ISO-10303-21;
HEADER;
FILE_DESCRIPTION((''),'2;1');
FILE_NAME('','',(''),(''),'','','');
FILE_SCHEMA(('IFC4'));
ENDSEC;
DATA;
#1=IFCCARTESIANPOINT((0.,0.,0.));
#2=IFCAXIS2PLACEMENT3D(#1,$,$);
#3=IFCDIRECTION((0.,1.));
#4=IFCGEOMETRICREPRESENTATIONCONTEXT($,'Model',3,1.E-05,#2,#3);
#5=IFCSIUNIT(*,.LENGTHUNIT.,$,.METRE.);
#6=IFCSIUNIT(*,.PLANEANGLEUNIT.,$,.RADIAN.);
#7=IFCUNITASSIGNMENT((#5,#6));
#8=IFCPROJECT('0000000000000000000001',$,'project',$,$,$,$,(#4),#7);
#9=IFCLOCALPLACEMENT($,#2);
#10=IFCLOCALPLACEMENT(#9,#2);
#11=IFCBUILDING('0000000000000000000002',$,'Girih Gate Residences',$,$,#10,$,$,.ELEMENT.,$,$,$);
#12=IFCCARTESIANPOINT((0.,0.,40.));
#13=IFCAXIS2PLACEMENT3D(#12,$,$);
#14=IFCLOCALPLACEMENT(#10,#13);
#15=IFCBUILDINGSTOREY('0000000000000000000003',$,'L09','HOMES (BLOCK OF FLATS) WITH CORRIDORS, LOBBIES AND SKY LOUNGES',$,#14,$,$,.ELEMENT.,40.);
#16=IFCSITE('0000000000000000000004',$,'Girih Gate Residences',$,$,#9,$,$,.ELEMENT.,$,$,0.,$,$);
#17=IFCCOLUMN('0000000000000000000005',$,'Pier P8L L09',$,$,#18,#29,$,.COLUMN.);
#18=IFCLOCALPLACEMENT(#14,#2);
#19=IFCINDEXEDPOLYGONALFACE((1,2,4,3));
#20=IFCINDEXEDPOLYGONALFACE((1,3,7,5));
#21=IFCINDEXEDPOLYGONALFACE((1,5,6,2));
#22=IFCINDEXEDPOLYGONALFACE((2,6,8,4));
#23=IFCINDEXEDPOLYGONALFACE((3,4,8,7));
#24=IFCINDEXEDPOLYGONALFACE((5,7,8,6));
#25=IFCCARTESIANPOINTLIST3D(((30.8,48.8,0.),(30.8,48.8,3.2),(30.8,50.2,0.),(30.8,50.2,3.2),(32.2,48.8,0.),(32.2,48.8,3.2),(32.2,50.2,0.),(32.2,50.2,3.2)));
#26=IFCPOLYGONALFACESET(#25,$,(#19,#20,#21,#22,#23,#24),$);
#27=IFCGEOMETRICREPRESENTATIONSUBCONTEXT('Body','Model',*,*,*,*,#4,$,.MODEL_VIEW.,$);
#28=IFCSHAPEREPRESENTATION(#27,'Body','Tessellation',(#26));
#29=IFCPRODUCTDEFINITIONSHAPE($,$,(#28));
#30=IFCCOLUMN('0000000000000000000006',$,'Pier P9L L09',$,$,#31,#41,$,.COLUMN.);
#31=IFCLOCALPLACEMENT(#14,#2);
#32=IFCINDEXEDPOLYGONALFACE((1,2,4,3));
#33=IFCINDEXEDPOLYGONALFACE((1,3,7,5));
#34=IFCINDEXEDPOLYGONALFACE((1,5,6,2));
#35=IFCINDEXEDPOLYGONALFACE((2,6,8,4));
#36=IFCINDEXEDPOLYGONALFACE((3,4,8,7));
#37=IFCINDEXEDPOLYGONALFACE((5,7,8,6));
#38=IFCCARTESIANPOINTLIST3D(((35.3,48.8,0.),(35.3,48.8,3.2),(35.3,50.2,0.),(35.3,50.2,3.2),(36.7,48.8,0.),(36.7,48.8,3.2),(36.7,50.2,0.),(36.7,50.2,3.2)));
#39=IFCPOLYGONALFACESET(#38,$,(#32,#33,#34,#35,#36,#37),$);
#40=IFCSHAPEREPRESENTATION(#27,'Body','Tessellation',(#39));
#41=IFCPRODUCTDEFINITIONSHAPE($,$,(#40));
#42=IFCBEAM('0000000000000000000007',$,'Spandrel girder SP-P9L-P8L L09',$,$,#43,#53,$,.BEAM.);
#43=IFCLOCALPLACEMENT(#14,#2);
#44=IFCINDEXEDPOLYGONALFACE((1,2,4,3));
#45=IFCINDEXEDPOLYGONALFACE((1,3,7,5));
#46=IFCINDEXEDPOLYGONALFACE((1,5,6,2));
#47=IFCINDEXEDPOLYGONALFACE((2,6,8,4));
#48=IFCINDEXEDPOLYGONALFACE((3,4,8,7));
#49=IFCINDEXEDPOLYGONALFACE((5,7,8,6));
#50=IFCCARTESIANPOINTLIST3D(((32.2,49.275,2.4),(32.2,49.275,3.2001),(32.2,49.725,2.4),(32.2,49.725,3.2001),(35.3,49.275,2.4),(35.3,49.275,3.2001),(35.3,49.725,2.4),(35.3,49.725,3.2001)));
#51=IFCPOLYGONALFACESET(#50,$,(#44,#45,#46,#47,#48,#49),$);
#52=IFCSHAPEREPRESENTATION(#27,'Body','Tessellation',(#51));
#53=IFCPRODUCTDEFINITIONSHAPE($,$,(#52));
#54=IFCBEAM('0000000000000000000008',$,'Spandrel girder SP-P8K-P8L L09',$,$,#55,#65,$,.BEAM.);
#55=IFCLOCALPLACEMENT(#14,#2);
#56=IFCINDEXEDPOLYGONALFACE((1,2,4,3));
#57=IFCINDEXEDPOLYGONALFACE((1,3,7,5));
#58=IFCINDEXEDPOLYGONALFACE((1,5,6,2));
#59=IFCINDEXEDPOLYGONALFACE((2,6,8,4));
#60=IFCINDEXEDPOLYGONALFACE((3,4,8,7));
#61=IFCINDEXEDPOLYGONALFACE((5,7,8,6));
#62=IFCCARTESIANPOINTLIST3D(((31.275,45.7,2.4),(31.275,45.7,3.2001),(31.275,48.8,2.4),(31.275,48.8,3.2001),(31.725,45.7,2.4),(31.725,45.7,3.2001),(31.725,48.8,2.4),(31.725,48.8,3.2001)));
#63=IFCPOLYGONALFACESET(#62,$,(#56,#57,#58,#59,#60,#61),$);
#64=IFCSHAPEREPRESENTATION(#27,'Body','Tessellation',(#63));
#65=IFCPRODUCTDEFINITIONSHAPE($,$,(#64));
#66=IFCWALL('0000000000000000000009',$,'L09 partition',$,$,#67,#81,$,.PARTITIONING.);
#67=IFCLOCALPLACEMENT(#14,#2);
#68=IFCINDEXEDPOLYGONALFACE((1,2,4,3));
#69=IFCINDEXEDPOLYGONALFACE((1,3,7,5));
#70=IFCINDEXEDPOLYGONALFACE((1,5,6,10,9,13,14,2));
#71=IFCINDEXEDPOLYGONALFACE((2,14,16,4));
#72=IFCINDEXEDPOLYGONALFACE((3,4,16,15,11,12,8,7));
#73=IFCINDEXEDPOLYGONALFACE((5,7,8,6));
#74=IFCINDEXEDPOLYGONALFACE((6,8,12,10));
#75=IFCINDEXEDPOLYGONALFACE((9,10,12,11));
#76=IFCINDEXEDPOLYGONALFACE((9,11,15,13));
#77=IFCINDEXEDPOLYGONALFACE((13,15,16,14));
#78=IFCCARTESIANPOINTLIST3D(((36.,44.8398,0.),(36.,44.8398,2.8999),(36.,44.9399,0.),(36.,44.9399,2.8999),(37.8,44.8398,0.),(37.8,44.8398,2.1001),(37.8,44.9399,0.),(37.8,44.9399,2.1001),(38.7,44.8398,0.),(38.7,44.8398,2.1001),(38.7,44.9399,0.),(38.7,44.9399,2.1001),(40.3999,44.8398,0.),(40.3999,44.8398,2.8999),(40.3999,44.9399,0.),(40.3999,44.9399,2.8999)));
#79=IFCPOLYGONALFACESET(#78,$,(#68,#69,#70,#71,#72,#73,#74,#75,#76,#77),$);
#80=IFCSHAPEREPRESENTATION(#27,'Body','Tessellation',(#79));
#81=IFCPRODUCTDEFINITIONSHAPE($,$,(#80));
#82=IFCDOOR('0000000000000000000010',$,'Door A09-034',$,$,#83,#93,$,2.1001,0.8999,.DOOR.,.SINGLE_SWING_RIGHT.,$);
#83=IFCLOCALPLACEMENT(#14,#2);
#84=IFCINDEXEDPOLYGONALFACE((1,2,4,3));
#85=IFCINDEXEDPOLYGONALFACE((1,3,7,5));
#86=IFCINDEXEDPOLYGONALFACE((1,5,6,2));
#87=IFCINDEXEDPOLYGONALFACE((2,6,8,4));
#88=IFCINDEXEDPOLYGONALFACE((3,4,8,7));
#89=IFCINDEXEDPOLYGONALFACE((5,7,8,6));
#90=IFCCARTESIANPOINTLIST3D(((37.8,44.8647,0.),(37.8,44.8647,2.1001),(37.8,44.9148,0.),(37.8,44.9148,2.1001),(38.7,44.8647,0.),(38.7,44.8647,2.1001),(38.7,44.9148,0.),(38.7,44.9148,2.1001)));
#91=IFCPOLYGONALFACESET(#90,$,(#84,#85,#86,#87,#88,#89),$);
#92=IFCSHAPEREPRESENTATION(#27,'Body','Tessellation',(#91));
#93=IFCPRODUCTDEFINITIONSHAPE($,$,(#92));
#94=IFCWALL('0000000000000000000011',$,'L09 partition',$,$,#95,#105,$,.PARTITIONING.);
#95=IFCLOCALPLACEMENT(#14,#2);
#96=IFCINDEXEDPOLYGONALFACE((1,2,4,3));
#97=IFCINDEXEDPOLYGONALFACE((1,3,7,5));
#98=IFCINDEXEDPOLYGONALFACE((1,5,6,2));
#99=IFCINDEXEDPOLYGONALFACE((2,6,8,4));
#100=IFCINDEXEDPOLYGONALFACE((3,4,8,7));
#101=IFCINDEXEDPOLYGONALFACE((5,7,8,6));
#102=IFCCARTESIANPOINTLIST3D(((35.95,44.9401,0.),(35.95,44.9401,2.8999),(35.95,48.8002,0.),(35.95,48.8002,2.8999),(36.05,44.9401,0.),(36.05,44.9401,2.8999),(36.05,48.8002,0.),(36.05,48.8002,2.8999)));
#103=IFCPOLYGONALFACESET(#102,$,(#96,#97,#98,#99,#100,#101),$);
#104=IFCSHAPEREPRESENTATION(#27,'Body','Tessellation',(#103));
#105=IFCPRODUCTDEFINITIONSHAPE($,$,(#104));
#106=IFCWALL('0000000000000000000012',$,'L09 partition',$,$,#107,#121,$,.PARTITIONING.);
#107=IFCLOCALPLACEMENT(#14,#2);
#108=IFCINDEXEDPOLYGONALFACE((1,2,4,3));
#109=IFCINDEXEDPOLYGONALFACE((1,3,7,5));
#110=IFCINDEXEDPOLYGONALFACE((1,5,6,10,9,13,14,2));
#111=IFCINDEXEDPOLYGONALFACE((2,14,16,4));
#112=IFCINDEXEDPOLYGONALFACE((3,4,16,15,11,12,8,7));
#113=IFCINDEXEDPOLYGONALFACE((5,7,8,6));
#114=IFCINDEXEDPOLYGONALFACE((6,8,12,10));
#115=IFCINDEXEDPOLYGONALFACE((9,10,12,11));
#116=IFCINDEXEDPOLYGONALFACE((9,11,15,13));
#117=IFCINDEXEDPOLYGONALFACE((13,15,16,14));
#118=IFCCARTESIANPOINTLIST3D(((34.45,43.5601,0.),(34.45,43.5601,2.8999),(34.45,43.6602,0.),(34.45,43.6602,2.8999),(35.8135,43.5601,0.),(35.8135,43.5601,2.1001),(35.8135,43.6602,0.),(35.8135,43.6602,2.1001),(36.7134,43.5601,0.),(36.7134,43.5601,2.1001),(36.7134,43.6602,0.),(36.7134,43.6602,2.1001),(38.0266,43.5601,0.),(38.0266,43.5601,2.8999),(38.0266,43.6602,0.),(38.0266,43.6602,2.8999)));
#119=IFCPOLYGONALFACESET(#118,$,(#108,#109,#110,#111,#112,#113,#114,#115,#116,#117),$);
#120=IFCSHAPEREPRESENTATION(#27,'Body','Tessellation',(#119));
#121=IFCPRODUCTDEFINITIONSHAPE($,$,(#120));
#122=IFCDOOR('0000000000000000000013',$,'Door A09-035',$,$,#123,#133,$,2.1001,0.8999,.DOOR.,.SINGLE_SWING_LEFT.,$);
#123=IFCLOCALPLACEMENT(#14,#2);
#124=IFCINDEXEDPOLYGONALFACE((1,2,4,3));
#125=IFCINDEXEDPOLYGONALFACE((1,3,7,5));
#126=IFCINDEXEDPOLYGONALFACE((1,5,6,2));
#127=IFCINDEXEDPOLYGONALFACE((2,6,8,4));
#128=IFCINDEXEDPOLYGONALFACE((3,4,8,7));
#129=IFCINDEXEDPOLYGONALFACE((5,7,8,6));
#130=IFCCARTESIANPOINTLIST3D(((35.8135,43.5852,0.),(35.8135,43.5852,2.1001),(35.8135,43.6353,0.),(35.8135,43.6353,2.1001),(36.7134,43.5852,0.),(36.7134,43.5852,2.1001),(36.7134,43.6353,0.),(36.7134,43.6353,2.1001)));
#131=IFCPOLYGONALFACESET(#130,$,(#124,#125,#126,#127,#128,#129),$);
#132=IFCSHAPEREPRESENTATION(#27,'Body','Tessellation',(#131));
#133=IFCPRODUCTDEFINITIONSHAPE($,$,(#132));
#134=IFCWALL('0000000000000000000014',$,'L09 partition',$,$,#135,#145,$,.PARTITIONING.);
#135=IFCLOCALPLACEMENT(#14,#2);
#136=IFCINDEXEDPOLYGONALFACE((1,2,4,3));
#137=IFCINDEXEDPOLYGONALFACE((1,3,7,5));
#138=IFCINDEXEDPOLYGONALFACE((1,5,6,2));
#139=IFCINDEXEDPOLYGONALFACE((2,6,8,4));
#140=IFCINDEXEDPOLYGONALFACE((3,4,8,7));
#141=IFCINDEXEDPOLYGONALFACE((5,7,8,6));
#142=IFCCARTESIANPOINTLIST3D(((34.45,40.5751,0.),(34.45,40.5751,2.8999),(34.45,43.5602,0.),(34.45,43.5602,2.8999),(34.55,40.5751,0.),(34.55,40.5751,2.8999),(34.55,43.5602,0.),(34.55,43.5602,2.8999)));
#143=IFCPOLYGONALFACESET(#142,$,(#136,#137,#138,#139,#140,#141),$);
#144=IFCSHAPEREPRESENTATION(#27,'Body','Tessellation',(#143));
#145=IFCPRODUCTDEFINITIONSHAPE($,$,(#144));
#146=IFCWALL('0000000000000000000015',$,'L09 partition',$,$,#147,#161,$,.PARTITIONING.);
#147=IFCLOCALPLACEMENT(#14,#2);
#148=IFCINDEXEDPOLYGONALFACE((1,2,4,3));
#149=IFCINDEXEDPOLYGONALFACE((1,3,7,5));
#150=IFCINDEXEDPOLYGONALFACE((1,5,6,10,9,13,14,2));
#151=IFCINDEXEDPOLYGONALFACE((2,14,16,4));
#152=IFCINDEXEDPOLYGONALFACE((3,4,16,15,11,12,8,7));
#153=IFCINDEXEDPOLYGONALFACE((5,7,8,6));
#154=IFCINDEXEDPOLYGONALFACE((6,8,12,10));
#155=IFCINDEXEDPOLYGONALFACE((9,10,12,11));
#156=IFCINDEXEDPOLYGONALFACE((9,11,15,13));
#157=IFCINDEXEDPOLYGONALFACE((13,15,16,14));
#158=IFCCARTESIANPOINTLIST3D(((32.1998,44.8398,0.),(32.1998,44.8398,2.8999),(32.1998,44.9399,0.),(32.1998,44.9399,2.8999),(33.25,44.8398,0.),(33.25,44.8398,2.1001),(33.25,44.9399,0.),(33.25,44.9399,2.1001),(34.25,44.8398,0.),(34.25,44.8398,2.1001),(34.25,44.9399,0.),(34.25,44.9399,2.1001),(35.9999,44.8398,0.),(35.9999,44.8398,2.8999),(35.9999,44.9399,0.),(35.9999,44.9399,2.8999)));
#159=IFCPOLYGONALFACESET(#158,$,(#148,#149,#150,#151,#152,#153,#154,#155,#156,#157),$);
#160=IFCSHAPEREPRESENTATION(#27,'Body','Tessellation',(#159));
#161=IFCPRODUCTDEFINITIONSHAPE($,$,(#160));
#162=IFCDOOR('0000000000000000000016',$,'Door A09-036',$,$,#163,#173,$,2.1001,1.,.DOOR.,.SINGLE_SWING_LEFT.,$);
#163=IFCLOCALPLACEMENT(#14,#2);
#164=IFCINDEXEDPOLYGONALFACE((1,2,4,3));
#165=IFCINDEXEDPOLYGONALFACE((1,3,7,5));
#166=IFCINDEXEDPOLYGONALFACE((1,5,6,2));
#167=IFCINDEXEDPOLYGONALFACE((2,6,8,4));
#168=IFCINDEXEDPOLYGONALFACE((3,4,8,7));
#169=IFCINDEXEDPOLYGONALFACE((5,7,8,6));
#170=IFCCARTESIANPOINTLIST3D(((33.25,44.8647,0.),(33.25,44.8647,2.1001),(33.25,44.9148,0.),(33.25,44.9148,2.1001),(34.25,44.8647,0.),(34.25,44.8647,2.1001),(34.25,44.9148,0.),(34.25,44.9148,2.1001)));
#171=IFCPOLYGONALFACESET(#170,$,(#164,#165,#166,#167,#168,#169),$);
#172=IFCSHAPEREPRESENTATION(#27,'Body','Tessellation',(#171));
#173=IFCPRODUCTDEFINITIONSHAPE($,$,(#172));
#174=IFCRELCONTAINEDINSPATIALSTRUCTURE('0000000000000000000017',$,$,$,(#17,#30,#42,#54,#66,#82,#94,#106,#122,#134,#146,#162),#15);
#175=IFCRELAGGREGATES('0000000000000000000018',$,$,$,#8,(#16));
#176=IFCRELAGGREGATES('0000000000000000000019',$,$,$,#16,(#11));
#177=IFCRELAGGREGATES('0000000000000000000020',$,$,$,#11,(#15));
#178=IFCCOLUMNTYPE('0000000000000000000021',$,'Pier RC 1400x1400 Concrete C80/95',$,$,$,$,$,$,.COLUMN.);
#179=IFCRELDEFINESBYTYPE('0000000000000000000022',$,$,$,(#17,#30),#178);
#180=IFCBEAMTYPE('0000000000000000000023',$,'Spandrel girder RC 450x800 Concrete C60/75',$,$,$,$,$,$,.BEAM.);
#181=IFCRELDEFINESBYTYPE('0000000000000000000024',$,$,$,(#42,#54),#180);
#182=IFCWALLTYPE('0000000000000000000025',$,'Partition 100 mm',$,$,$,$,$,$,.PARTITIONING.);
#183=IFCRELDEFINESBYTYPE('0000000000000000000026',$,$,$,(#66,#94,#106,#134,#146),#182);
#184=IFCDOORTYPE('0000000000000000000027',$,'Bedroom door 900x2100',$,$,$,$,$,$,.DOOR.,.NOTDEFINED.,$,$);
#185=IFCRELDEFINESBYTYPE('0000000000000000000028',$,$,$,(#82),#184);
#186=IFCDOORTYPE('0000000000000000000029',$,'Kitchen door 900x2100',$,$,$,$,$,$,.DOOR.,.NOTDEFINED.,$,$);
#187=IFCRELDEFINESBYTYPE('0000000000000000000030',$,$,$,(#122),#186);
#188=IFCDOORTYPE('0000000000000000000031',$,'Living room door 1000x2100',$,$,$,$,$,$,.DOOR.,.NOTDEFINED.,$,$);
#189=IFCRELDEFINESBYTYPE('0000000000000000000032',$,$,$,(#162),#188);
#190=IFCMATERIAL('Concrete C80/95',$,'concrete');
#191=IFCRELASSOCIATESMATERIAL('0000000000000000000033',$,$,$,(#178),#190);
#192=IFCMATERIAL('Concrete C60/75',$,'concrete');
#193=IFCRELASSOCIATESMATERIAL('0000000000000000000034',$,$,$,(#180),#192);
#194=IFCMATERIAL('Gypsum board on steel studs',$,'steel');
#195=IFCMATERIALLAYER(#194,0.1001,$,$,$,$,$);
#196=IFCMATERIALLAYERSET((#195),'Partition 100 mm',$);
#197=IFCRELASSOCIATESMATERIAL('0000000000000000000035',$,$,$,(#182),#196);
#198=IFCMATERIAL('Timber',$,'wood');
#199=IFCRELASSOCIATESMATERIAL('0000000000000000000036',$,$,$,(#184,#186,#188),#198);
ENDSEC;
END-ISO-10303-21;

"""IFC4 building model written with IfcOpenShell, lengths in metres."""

from ifc_helpers import new_model, si_unit, direction, frame, frame_2d, origin, origin_2d, place, context, subcontext, project, spatial, rectangle, extrude, material, layer, layer_set, material_profile, profile_set, type_object, element, fill, save


model = new_model("IFC4")

# Units and contexts
model_context = context("Model", 3, precision=1e-05, world=origin(), true_north=direction((0.0, 1.0)))
body_context = subcontext(model_context, "Body", "Model", "MODEL_VIEW")
ifc_project = project(units=[si_unit("LENGTHUNIT", "METRE"), si_unit("PLANEANGLEUNIT", "RADIAN")], contexts=[model_context])

# Site, building, storey
site_placement = place(None, origin())
site = spatial("IfcSite", under=ifc_project, at=site_placement, Name="Girih Gate Residences", CompositionType="ELEMENT", RefElevation=0.0)
building_placement = place(site_placement, origin())
building = spatial("IfcBuilding", under=site, at=building_placement, Name="Girih Gate Residences", CompositionType="ELEMENT")
storey_placement = place(building_placement, frame((0.0, 0.0, 40.0)))
storey = spatial("IfcBuildingStorey", under=building, at=storey_placement, Name="L09", Description="HOMES (BLOCK OF FLATS) WITH CORRIDORS, LOBBIES AND SKY LOUNGES", CompositionType="ELEMENT", Elevation=40.0)

# Columns
ifc_material_1 = material(Name="Concrete C80/95", Category="concrete")
ifc_material_profile_1 = material_profile(ifc_material_1, rectangle(XDim=1.3999, YDim=1.3999, at=origin_2d()))
ifc_profile_set_1 = profile_set([ifc_material_profile_1], Name="Concrete C80/95")
column_type = type_object("IfcColumnType", Name="Pier RC 1400x1400 Concrete C80/95", PredefinedType="COLUMN", material=ifc_profile_set_1)
for number, where, z_axis, x_axis, name in (
    (1, (31.5, 49.5, 0.0), (0.0, 0.0, 1.0), (1.0, 0.0, 0.0), "Pier P8L L09"),
    (2, (36.0, 49.5, 0.0), (0.0, 0.0, 1.0), (1.0, 0.0, 0.0), "Pier P9L L09"),
):
    element("IfcColumn", number, at=place(storey_placement, frame(where, z_axis=z_axis, x_axis=x_axis)), inside=storey, type_object=column_type, Name=name, PredefinedType="COLUMN", context=body_context, shape_type="SweptSolid", body=[
        extrude(rectangle(XDim=1.3999, YDim=1.3999, at=origin_2d()), origin(), (0.0, 0.0, 1.0), 3.2),
    ])

# Beams
ifc_material_2 = material(Name="Concrete C60/75", Category="concrete")
ifc_material_profile_2 = material_profile(ifc_material_2, rectangle(XDim=0.45, YDim=0.8, at=origin_2d()))
ifc_profile_set_2 = profile_set([ifc_material_profile_2], Name="Concrete C60/75")
beam_type = type_object("IfcBeamType", Name="Spandrel girder RC 450x800 Concrete C60/75", PredefinedType="BEAM", material=ifc_profile_set_2)
for number, where, z_axis, x_axis, name in (
    (3, (35.3, 49.5, 2.8), (-1.0, 0.0, 0.0), (0.0, -1.0, 0.0), "Spandrel girder SP-P9L-P8L L09"),
    (4, (31.5, 45.7, 2.8), (0.0, 1.0, 0.0), (-1.0, 0.0, 0.0), "Spandrel girder SP-P8K-P8L L09"),
):
    element("IfcBeam", number, at=place(storey_placement, frame(where, z_axis=z_axis, x_axis=x_axis)), inside=storey, type_object=beam_type, Name=name, PredefinedType="BEAM", context=body_context, shape_type="SweptSolid", body=[
        extrude(rectangle(XDim=0.45, YDim=0.8, at=origin_2d()), origin(), (0.0, 0.0, 1.0), 3.1001),
    ])

# Wall, opening, door
ifc_material_3 = material(Name="Gypsum board on steel studs", Category="steel")
ifc_layer_1 = layer(ifc_material_3, 0.1001)
ifc_layer_set_1 = layer_set([ifc_layer_1], Name="Partition 100 mm")
wall_type_1 = type_object("IfcWallType", Name="Partition 100 mm", PredefinedType="PARTITIONING", material=ifc_layer_set_1)
wall_1_placement = place(storey_placement, frame((36.0, 44.8899, 0.0), z_axis=(0.0, 0.0, 1.0), x_axis=(1.0, 0.0, 0.0)))
wall_1 = element("IfcWall", 5, at=wall_1_placement, inside=storey, type_object=wall_type_1, Name="L09 partition", PredefinedType="PARTITIONING", context=body_context, shape_type="SweptSolid", body=[
    extrude(rectangle(XDim=4.3999, YDim=0.1001, at=frame_2d((2.2, 0.0))), origin(), (0.0, 0.0, 1.0), 2.8999),
])
opening_1_placement = place(wall_1_placement, frame((1.8, 0.0, 0.0)))
opening_1 = element("IfcOpeningElement", 6, at=opening_1_placement, cuts=wall_1, PredefinedType="OPENING", context=body_context, shape_type="SweptSolid", body=[
    extrude(rectangle(XDim=0.8999, YDim=2.1001, at=frame_2d((0.45, 1.05))), frame((0.0, 0.0601, 0.0), z_axis=(0.0, -1.0, 0.0), x_axis=(1.0, 0.0, 0.0)), (0.0, 0.0, 1.0), 0.1201),
])
ifc_material_4 = material(Name="Timber", Category="wood")
door_type_1 = type_object("IfcDoorType", Name="Bedroom door 900x2100", OperationType="NOTDEFINED", PredefinedType="DOOR", material=ifc_material_4)
door_1_placement = place(opening_1_placement, origin())
door_1 = element("IfcDoor", 7, at=door_1_placement, inside=storey, type_object=door_type_1, Name="Door A09-034", OperationType="SINGLE_SWING_RIGHT", OverallHeight=2.1001, OverallWidth=0.8999, PredefinedType="DOOR", context=body_context, shape_type="SweptSolid", body=[
    extrude(rectangle(XDim=0.8999, YDim=2.1001, at=frame_2d((0.45, 1.05))), frame((0.0, 0.0249, 0.0), z_axis=(0.0, -1.0, 0.0), x_axis=(1.0, 0.0, 0.0)), (0.0, 0.0, 1.0), 0.05),
])
fill(opening_1, door_1)

# Wall
wall_2_placement = place(storey_placement, frame((36.0, 44.9399, 0.0), z_axis=(0.0, 0.0, 1.0), x_axis=(0.0, 1.0, 0.0)))
element("IfcWall", 8, at=wall_2_placement, inside=storey, type_object=wall_type_1, Name="L09 partition", PredefinedType="PARTITIONING", context=body_context, shape_type="SweptSolid", body=[
    extrude(rectangle(XDim=3.8601, YDim=0.1001, at=frame_2d((1.9302, 0.0))), origin(), (0.0, 0.0, 1.0), 2.8999),
])

# Wall, opening, door
wall_3_placement = place(storey_placement, frame((38.0266, 43.6101, 0.0), z_axis=(0.0, 0.0, 1.0), x_axis=(-1.0, 0.0, 0.0)))
wall_3 = element("IfcWall", 9, at=wall_3_placement, inside=storey, type_object=wall_type_1, Name="L09 partition", PredefinedType="PARTITIONING", context=body_context, shape_type="SweptSolid", body=[
    extrude(rectangle(XDim=3.5767, YDim=0.1001, at=frame_2d((1.7883, 0.0))), origin(), (0.0, 0.0, 1.0), 2.8999),
])
opening_2_placement = place(wall_3_placement, frame((1.3132, 0.0, 0.0)))
opening_2 = element("IfcOpeningElement", 10, at=opening_2_placement, cuts=wall_3, PredefinedType="OPENING", context=body_context, shape_type="SweptSolid", body=[
    extrude(rectangle(XDim=0.8999, YDim=2.1001, at=frame_2d((0.45, 1.05))), frame((0.0, 0.0601, 0.0), z_axis=(0.0, -1.0, 0.0), x_axis=(1.0, 0.0, 0.0)), (0.0, 0.0, 1.0), 0.1201),
])
door_type_2 = type_object("IfcDoorType", Name="Kitchen door 900x2100", OperationType="NOTDEFINED", PredefinedType="DOOR", material=ifc_material_4)
door_2_placement = place(opening_2_placement, origin())
door_2 = element("IfcDoor", 11, at=door_2_placement, inside=storey, type_object=door_type_2, Name="Door A09-035", OperationType="SINGLE_SWING_LEFT", OverallHeight=2.1001, OverallWidth=0.8999, PredefinedType="DOOR", context=body_context, shape_type="SweptSolid", body=[
    extrude(rectangle(XDim=0.8999, YDim=2.1001, at=frame_2d((0.45, 1.05))), frame((0.0, 0.0249, 0.0), z_axis=(0.0, -1.0, 0.0), x_axis=(1.0, 0.0, 0.0)), (0.0, 0.0, 1.0), 0.05),
])
fill(opening_2, door_2)

# Wall
wall_4_placement = place(storey_placement, frame((34.5, 40.575, 0.0), z_axis=(0.0, 0.0, 1.0), x_axis=(0.0, 1.0, 0.0)))
element("IfcWall", 12, at=wall_4_placement, inside=storey, type_object=wall_type_1, Name="L09 partition", PredefinedType="PARTITIONING", context=body_context, shape_type="SweptSolid", body=[
    extrude(rectangle(XDim=2.9851, YDim=0.1001, at=frame_2d((1.4927, 0.0))), origin(), (0.0, 0.0, 1.0), 2.8999),
])

# Wall, opening, door
wall_5_placement = place(storey_placement, frame((32.2, 44.8899, 0.0), z_axis=(0.0, 0.0, 1.0), x_axis=(1.0, 0.0, 0.0)))
wall_5 = element("IfcWall", 13, at=wall_5_placement, inside=storey, type_object=wall_type_1, Name="L09 partition", PredefinedType="PARTITIONING", context=body_context, shape_type="SweptSolid", body=[
    extrude(rectangle(XDim=3.8, YDim=0.1001, at=frame_2d((1.8999, 0.0))), origin(), (0.0, 0.0, 1.0), 2.8999),
])
opening_3_placement = place(wall_5_placement, frame((1.05, 0.0, 0.0)))
opening_3 = element("IfcOpeningElement", 14, at=opening_3_placement, cuts=wall_5, PredefinedType="OPENING", context=body_context, shape_type="SweptSolid", body=[
    extrude(rectangle(XDim=1.0, YDim=2.1001, at=frame_2d((0.5, 1.05))), frame((0.0, 0.0601, 0.0), z_axis=(0.0, -1.0, 0.0), x_axis=(1.0, 0.0, 0.0)), (0.0, 0.0, 1.0), 0.1201),
])
door_type_3 = type_object("IfcDoorType", Name="Living room door 1000x2100", OperationType="NOTDEFINED", PredefinedType="DOOR", material=ifc_material_4)
door_3_placement = place(opening_3_placement, origin())
door_3 = element("IfcDoor", 15, at=door_3_placement, inside=storey, type_object=door_type_3, Name="Door A09-036", OperationType="SINGLE_SWING_LEFT", OverallHeight=2.1001, OverallWidth=1.0, PredefinedType="DOOR", context=body_context, shape_type="SweptSolid", body=[
    extrude(rectangle(XDim=1.0, YDim=2.1001, at=frame_2d((0.5, 1.05))), frame((0.0, 0.0249, 0.0), z_axis=(0.0, -1.0, 0.0), x_axis=(1.0, 0.0, 0.0)), (0.0, 0.0, 1.0), 0.05),
])
fill(opening_3, door_3)

save(model, "model.ifc")
